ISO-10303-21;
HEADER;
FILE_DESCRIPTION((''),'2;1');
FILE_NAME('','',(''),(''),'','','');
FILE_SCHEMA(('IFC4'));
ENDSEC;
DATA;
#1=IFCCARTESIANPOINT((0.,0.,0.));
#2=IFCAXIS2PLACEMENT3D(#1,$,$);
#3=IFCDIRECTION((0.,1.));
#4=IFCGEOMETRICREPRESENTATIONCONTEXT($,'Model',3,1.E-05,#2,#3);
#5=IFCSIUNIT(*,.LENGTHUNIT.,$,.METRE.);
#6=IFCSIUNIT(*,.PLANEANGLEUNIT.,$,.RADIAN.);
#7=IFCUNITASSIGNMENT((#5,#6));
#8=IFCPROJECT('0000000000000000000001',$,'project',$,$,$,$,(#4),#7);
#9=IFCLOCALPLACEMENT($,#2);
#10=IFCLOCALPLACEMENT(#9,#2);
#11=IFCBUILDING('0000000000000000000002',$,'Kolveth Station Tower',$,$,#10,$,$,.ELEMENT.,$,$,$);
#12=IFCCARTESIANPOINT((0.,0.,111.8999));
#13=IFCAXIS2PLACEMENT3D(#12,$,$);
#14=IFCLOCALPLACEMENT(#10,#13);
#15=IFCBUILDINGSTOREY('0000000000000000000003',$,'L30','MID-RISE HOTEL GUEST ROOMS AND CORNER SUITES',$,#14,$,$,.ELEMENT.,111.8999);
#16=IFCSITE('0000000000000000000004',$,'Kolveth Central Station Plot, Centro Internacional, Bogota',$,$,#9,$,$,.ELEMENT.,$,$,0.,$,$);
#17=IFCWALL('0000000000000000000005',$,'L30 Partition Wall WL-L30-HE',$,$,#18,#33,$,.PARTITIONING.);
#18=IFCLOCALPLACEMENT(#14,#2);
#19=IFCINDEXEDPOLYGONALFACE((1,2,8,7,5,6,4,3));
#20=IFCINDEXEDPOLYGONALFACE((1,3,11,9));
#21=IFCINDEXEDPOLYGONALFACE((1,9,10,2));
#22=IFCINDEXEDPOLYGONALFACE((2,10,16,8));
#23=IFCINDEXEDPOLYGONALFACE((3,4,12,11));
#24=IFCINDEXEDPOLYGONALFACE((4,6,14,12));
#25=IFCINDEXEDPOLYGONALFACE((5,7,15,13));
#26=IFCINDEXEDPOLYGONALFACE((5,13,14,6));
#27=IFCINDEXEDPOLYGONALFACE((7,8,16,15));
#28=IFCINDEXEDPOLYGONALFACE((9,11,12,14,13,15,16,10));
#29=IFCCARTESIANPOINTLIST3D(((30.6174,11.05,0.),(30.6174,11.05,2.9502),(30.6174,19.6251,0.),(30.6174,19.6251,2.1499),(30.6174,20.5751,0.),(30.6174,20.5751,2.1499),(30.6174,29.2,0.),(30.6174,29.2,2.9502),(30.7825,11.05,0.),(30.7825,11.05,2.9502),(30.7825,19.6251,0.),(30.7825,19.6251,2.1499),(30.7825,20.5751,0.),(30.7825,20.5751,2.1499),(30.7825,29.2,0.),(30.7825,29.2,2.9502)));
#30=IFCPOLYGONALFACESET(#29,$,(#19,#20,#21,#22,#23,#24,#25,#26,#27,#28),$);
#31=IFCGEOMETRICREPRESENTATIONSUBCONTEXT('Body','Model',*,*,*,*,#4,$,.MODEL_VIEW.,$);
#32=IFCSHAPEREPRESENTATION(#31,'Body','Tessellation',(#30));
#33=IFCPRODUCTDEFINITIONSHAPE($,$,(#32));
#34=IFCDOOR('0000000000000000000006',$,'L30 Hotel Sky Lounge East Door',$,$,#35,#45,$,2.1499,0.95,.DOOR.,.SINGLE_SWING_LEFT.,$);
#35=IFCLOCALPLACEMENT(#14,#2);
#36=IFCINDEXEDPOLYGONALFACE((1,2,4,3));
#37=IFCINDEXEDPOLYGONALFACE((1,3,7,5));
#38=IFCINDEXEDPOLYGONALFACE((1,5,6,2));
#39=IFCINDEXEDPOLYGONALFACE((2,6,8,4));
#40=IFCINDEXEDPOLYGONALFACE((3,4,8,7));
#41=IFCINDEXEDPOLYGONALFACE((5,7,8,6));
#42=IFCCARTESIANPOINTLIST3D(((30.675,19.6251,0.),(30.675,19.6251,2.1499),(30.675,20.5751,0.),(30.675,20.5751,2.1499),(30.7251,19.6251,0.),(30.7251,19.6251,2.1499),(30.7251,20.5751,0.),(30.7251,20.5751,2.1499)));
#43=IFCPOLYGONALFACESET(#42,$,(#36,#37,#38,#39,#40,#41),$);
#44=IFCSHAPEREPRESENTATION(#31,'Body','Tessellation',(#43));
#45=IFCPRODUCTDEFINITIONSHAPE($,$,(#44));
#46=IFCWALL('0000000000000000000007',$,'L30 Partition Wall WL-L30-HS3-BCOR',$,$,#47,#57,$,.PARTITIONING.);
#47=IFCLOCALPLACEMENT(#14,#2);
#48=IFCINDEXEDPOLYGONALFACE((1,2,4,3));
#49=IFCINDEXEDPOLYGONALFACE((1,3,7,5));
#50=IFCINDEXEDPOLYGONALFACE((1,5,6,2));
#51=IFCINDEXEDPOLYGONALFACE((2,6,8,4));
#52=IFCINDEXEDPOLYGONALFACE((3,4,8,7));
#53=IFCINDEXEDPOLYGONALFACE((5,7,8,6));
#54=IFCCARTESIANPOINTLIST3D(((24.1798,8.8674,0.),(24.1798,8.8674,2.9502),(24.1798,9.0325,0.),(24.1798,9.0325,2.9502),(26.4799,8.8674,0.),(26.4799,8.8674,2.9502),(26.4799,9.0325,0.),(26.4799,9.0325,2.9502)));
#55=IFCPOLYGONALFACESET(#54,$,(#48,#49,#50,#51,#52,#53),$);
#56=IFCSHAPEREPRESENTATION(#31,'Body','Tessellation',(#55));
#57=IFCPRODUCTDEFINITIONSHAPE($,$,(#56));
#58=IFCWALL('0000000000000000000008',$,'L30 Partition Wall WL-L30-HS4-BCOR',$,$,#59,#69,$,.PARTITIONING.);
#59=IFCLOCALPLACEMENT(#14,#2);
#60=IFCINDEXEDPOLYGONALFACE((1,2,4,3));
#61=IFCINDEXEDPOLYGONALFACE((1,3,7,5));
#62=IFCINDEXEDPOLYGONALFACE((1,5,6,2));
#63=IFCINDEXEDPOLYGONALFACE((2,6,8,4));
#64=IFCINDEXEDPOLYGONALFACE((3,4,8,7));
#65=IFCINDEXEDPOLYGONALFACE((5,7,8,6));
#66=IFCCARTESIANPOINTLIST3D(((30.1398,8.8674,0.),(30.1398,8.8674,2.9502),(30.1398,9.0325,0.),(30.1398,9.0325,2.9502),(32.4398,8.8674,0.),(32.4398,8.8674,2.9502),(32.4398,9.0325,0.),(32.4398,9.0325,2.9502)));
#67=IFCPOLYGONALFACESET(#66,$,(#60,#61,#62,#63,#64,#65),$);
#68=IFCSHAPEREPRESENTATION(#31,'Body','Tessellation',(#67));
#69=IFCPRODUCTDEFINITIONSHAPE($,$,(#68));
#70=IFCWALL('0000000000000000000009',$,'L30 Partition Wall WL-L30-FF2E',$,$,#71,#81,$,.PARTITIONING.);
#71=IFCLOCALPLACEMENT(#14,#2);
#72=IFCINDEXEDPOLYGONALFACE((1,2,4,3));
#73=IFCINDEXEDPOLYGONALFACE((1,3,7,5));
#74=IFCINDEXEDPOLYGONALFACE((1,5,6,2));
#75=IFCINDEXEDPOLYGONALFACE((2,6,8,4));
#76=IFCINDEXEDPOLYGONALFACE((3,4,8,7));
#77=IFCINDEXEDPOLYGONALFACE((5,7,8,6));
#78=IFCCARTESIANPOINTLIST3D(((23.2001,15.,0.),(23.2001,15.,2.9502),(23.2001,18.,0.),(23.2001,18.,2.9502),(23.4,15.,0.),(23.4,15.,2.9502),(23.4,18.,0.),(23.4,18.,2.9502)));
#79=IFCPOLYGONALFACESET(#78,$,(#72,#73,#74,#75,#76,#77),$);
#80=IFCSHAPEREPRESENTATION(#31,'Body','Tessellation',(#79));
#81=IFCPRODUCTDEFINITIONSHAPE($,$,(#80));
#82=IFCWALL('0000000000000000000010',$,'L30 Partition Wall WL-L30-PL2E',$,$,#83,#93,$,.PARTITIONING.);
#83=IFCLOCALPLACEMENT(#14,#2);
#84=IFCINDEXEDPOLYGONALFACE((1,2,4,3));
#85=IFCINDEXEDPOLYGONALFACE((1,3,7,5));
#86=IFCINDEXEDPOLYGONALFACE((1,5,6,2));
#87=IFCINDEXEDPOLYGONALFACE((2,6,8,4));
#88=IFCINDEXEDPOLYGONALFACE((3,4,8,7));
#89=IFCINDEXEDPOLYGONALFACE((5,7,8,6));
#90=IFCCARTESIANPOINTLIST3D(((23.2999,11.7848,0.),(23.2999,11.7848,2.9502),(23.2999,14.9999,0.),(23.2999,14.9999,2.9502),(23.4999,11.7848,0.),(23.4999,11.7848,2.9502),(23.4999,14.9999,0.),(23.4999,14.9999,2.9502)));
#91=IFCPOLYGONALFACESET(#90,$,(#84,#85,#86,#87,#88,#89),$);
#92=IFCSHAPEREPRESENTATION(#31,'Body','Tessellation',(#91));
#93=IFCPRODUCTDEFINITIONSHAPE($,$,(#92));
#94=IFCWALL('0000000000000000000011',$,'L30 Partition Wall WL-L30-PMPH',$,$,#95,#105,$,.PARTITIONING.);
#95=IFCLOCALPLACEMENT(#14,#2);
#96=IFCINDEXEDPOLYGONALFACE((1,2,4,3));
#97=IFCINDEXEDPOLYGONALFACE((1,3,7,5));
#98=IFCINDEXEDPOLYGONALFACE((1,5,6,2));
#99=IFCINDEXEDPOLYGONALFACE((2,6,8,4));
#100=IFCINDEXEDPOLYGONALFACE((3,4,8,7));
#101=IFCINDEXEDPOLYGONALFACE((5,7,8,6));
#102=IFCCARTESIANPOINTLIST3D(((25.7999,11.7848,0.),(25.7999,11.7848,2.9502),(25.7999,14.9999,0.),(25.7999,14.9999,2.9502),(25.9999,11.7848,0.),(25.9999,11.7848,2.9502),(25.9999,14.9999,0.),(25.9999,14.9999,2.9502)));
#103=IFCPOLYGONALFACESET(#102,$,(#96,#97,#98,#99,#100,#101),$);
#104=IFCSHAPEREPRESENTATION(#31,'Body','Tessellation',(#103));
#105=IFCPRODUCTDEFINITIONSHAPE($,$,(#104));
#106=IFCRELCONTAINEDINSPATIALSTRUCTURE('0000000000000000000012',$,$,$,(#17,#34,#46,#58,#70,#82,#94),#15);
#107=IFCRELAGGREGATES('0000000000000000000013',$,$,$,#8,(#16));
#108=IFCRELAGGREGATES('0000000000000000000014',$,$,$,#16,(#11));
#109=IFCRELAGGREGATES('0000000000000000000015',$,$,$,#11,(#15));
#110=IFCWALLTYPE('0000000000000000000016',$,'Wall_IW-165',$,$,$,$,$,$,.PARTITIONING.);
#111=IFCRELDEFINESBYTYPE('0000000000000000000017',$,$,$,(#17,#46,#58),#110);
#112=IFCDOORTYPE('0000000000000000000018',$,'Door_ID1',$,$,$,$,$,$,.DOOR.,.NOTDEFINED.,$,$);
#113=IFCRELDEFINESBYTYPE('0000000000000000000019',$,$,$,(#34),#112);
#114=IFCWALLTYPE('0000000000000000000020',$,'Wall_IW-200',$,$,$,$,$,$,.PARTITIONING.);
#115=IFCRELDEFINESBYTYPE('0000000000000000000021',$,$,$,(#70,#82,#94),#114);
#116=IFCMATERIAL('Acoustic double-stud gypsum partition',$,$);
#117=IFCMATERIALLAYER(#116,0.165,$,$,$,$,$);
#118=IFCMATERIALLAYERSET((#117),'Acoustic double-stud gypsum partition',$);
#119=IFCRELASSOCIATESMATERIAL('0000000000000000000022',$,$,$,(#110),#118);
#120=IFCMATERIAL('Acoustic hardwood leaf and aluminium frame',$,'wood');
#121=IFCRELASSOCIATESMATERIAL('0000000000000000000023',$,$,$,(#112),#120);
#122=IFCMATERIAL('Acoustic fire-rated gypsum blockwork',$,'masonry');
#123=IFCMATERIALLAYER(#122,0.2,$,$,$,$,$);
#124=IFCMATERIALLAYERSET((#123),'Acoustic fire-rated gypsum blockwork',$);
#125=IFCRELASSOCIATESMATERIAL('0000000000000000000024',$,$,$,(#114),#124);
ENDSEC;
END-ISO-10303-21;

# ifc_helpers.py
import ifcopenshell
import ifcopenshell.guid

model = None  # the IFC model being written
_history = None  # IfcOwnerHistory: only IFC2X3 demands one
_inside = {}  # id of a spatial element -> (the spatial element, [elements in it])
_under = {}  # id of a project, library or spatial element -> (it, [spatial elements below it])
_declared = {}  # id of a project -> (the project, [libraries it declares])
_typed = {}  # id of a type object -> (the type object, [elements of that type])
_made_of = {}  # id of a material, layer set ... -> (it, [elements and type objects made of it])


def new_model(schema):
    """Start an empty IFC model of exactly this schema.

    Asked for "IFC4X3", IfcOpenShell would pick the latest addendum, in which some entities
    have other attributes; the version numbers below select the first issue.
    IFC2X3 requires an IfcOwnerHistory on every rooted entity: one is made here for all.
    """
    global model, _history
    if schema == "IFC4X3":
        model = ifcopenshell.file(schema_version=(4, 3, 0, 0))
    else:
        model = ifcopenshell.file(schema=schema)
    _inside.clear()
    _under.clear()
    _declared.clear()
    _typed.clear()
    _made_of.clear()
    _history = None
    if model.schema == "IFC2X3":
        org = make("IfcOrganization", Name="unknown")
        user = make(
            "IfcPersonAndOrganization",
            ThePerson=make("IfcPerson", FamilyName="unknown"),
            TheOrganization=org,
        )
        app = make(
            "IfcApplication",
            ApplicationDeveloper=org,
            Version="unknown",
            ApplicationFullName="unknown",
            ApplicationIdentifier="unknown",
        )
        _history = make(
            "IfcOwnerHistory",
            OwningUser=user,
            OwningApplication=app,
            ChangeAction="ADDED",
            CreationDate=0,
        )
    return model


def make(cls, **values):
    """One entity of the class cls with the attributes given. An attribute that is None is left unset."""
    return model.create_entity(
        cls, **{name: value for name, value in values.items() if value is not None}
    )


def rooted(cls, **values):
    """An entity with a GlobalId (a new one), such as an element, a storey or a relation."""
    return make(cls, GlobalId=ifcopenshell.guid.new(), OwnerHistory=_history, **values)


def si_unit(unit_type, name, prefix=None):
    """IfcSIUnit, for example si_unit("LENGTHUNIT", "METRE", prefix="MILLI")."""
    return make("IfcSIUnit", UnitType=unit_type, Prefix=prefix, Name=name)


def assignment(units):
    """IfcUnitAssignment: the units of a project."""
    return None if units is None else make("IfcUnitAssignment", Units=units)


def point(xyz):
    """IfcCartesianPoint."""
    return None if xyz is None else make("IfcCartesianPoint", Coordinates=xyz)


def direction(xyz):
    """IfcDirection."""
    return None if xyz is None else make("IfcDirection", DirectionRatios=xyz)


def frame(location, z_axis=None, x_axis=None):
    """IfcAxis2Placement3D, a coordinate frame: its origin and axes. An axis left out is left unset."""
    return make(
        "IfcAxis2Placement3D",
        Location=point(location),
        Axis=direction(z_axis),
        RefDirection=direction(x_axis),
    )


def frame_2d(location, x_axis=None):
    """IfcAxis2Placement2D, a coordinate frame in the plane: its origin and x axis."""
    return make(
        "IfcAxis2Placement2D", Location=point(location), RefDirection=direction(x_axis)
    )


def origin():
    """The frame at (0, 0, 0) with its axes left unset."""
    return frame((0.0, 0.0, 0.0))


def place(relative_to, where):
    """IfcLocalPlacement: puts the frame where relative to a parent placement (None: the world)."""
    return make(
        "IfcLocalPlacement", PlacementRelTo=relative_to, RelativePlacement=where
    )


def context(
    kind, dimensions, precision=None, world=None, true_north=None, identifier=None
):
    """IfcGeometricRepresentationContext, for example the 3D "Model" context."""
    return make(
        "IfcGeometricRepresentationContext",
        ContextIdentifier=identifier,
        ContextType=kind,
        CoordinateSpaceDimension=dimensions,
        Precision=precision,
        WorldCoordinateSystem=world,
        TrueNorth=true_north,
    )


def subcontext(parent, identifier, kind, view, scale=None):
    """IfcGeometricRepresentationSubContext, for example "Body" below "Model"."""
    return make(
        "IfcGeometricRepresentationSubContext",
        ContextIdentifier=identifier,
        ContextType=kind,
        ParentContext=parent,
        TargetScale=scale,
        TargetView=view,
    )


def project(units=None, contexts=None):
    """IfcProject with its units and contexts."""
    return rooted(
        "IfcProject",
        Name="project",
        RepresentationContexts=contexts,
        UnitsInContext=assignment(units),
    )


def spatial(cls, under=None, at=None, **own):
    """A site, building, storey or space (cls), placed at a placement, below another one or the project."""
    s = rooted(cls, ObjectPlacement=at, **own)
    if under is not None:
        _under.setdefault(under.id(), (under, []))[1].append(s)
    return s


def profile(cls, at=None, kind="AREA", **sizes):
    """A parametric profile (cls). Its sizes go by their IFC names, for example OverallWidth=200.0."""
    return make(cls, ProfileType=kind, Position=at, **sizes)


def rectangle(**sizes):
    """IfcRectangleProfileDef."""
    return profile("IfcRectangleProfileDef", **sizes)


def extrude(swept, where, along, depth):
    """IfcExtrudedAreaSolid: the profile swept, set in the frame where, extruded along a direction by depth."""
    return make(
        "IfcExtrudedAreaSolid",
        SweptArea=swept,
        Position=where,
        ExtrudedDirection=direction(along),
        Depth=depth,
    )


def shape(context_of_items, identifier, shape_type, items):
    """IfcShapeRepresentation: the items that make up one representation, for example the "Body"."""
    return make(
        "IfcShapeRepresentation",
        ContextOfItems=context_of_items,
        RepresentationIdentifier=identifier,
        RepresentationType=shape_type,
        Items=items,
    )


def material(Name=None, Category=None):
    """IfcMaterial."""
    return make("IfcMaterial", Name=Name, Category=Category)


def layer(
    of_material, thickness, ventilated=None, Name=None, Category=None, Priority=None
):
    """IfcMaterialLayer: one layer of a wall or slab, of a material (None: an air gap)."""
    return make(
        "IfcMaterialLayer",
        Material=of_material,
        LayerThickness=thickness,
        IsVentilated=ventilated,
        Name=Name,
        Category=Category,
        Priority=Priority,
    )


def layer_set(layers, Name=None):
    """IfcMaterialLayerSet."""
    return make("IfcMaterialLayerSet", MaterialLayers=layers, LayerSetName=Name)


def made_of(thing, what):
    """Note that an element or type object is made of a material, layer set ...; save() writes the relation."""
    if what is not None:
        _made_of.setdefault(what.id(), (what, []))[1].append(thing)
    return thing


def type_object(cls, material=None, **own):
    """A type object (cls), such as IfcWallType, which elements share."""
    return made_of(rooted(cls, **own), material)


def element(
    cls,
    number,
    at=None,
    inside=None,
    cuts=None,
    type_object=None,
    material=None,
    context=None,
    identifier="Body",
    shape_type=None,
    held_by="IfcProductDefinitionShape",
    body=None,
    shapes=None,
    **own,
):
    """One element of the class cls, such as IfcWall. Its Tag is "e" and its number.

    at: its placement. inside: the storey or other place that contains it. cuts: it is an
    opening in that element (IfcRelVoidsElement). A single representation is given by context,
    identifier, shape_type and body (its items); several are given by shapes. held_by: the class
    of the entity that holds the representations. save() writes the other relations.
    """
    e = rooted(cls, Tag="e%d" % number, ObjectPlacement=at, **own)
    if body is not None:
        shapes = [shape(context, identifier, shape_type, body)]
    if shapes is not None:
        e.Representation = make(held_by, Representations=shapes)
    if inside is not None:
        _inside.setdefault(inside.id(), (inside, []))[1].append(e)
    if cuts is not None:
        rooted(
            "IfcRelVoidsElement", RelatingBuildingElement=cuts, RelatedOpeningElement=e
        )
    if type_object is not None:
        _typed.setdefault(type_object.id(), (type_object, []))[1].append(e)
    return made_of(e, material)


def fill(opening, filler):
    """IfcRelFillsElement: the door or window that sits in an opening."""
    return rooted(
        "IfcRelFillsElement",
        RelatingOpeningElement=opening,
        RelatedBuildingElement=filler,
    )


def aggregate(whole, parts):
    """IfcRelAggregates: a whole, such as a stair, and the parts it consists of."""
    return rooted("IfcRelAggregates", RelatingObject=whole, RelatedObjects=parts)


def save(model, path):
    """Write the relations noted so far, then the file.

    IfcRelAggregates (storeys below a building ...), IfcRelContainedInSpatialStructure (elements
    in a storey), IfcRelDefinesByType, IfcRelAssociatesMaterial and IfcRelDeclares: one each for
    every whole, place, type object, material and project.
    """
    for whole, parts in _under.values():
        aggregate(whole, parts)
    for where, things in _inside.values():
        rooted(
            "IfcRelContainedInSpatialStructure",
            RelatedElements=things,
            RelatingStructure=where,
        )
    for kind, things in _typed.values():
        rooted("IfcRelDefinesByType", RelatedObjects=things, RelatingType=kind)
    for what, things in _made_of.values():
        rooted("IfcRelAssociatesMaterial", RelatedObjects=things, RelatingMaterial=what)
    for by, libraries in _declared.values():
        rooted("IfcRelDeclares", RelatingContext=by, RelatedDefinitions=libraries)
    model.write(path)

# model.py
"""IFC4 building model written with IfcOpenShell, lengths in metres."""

from ifc_helpers import new_model, si_unit, direction, frame, frame_2d, origin, place, context, subcontext, project, spatial, rectangle, extrude, material, layer, layer_set, type_object, element, fill, save


model = new_model("IFC4")

# Units and contexts
model_context = context("Model", 3, precision=1e-05, world=origin(), true_north=direction((0.0, 1.0)))
body_context = subcontext(model_context, "Body", "Model", "MODEL_VIEW")
ifc_project = project(units=[si_unit("LENGTHUNIT", "METRE"), si_unit("PLANEANGLEUNIT", "RADIAN")], contexts=[model_context])

# Site, building, storey
site_placement = place(None, origin())
site = spatial("IfcSite", under=ifc_project, at=site_placement, Name="Kolveth Central Station Plot, Centro Internacional, Bogota", CompositionType="ELEMENT", RefElevation=0.0)
building_placement = place(site_placement, origin())
building = spatial("IfcBuilding", under=site, at=building_placement, Name="Kolveth Station Tower", CompositionType="ELEMENT")
storey_placement = place(building_placement, frame((0.0, 0.0, 111.8999)))
storey = spatial("IfcBuildingStorey", under=building, at=storey_placement, Name="L30", Description="MID-RISE HOTEL GUEST ROOMS AND CORNER SUITES", CompositionType="ELEMENT", Elevation=111.8999)

# Shared definitions
ifc_material_1 = material(Name="Acoustic double-stud gypsum partition")
ifc_layer_1 = layer(ifc_material_1, 0.165)
ifc_layer_set_1 = layer_set([ifc_layer_1], Name="Acoustic double-stud gypsum partition")
wall_type_1 = type_object("IfcWallType", Name="Wall_IW-165", PredefinedType="PARTITIONING", material=ifc_layer_set_1)

# Wall, opening, door
wall_1_placement = place(storey_placement, frame((30.7, 11.05, 0.0), z_axis=(0.0, 0.0, 1.0), x_axis=(0.0, 1.0, 0.0)))
wall_1 = element("IfcWall", 1, at=wall_1_placement, inside=storey, type_object=wall_type_1, Name="L30 Partition Wall WL-L30-HE", PredefinedType="PARTITIONING", context=body_context, shape_type="SweptSolid", body=[
    extrude(rectangle(XDim=18.1499, YDim=0.165, at=frame_2d((9.075, 0.0))), origin(), (0.0, 0.0, 1.0), 2.9502),
])
opening_1_placement = place(wall_1_placement, frame((8.575, 0.0, 0.0)))
opening_1 = element("IfcOpeningElement", 2, at=opening_1_placement, cuts=wall_1, PredefinedType="OPENING", context=body_context, shape_type="SweptSolid", body=[
    extrude(rectangle(XDim=0.95, YDim=2.1499, at=frame_2d((0.4751, 1.075))), frame((0.0, 0.0925, 0.0), z_axis=(0.0, -1.0, 0.0), x_axis=(1.0, 0.0, 0.0)), (0.0, 0.0, 1.0), 0.1851),
])
ifc_material_2 = material(Name="Acoustic hardwood leaf and aluminium frame", Category="wood")
door_type_1 = type_object("IfcDoorType", Name="Door_ID1", OperationType="NOTDEFINED", PredefinedType="DOOR", material=ifc_material_2)
door_1_placement = place(opening_1_placement, origin())
door_1 = element("IfcDoor", 3, at=door_1_placement, inside=storey, type_object=door_type_1, Name="L30 Hotel Sky Lounge East Door", OperationType="SINGLE_SWING_LEFT", OverallHeight=2.1499, OverallWidth=0.95, PredefinedType="DOOR", context=body_context, shape_type="SweptSolid", body=[
    extrude(rectangle(XDim=0.95, YDim=2.1499, at=frame_2d((0.4751, 1.075))), frame((0.0, 0.0249, 0.0), z_axis=(0.0, -1.0, 0.0), x_axis=(1.0, 0.0, 0.0)), (0.0, 0.0, 1.0), 0.05),
])
fill(opening_1, door_1)

# Walls
for number, where, z_axis, x_axis, name in (
    (4, (24.1799, 8.95, 0.0), (0.0, 0.0, 1.0), (1.0, 0.0, 0.0), "L30 Partition Wall WL-L30-HS3-BCOR"),
    (5, (30.1399, 8.95, 0.0), (0.0, 0.0, 1.0), (1.0, 0.0, 0.0), "L30 Partition Wall WL-L30-HS4-BCOR"),
):
    element("IfcWall", number, at=place(storey_placement, frame(where, z_axis=z_axis, x_axis=x_axis)), inside=storey, type_object=wall_type_1, Name=name, PredefinedType="PARTITIONING", context=body_context, shape_type="SweptSolid", body=[
        extrude(rectangle(XDim=2.3, YDim=0.165, at=frame_2d((1.1499, 0.0))), origin(), (0.0, 0.0, 1.0), 2.9502),
    ])

# Walls
ifc_material_3 = material(Name="Acoustic fire-rated gypsum blockwork", Category="masonry")
ifc_layer_2 = layer(ifc_material_3, 0.2)
ifc_layer_set_2 = layer_set([ifc_layer_2], Name="Acoustic fire-rated gypsum blockwork")
wall_type_2 = type_object("IfcWallType", Name="Wall_IW-200", PredefinedType="PARTITIONING", material=ifc_layer_set_2)
wall_2_placement = place(storey_placement, frame((23.3, 15.0, 0.0), z_axis=(0.0, 0.0, 1.0), x_axis=(0.0, 1.0, 0.0)))
element("IfcWall", 6, at=wall_2_placement, inside=storey, type_object=wall_type_2, Name="L30 Partition Wall WL-L30-FF2E", PredefinedType="PARTITIONING", context=body_context, shape_type="SweptSolid", body=[
    extrude(rectangle(XDim=3.0, YDim=0.2, at=frame_2d((1.5, 0.0))), origin(), (0.0, 0.0, 1.0), 2.9502),
])
for number, where, z_axis, x_axis, name in (
    (7, (23.3999, 11.7849, 0.0), (0.0, 0.0, 1.0), (0.0, 1.0, 0.0), "L30 Partition Wall WL-L30-PL2E"),
    (8, (25.8999, 11.7849, 0.0), (0.0, 0.0, 1.0), (0.0, 1.0, 0.0), "L30 Partition Wall WL-L30-PMPH"),
):
    element("IfcWall", number, at=place(storey_placement, frame(where, z_axis=z_axis, x_axis=x_axis)), inside=storey, type_object=wall_type_2, Name=name, PredefinedType="PARTITIONING", context=body_context, shape_type="SweptSolid", body=[
        extrude(rectangle(XDim=3.2151, YDim=0.2, at=frame_2d((1.6074, 0.0))), origin(), (0.0, 0.0, 1.0), 2.9502),
    ])

save(model, "model.ifc")
